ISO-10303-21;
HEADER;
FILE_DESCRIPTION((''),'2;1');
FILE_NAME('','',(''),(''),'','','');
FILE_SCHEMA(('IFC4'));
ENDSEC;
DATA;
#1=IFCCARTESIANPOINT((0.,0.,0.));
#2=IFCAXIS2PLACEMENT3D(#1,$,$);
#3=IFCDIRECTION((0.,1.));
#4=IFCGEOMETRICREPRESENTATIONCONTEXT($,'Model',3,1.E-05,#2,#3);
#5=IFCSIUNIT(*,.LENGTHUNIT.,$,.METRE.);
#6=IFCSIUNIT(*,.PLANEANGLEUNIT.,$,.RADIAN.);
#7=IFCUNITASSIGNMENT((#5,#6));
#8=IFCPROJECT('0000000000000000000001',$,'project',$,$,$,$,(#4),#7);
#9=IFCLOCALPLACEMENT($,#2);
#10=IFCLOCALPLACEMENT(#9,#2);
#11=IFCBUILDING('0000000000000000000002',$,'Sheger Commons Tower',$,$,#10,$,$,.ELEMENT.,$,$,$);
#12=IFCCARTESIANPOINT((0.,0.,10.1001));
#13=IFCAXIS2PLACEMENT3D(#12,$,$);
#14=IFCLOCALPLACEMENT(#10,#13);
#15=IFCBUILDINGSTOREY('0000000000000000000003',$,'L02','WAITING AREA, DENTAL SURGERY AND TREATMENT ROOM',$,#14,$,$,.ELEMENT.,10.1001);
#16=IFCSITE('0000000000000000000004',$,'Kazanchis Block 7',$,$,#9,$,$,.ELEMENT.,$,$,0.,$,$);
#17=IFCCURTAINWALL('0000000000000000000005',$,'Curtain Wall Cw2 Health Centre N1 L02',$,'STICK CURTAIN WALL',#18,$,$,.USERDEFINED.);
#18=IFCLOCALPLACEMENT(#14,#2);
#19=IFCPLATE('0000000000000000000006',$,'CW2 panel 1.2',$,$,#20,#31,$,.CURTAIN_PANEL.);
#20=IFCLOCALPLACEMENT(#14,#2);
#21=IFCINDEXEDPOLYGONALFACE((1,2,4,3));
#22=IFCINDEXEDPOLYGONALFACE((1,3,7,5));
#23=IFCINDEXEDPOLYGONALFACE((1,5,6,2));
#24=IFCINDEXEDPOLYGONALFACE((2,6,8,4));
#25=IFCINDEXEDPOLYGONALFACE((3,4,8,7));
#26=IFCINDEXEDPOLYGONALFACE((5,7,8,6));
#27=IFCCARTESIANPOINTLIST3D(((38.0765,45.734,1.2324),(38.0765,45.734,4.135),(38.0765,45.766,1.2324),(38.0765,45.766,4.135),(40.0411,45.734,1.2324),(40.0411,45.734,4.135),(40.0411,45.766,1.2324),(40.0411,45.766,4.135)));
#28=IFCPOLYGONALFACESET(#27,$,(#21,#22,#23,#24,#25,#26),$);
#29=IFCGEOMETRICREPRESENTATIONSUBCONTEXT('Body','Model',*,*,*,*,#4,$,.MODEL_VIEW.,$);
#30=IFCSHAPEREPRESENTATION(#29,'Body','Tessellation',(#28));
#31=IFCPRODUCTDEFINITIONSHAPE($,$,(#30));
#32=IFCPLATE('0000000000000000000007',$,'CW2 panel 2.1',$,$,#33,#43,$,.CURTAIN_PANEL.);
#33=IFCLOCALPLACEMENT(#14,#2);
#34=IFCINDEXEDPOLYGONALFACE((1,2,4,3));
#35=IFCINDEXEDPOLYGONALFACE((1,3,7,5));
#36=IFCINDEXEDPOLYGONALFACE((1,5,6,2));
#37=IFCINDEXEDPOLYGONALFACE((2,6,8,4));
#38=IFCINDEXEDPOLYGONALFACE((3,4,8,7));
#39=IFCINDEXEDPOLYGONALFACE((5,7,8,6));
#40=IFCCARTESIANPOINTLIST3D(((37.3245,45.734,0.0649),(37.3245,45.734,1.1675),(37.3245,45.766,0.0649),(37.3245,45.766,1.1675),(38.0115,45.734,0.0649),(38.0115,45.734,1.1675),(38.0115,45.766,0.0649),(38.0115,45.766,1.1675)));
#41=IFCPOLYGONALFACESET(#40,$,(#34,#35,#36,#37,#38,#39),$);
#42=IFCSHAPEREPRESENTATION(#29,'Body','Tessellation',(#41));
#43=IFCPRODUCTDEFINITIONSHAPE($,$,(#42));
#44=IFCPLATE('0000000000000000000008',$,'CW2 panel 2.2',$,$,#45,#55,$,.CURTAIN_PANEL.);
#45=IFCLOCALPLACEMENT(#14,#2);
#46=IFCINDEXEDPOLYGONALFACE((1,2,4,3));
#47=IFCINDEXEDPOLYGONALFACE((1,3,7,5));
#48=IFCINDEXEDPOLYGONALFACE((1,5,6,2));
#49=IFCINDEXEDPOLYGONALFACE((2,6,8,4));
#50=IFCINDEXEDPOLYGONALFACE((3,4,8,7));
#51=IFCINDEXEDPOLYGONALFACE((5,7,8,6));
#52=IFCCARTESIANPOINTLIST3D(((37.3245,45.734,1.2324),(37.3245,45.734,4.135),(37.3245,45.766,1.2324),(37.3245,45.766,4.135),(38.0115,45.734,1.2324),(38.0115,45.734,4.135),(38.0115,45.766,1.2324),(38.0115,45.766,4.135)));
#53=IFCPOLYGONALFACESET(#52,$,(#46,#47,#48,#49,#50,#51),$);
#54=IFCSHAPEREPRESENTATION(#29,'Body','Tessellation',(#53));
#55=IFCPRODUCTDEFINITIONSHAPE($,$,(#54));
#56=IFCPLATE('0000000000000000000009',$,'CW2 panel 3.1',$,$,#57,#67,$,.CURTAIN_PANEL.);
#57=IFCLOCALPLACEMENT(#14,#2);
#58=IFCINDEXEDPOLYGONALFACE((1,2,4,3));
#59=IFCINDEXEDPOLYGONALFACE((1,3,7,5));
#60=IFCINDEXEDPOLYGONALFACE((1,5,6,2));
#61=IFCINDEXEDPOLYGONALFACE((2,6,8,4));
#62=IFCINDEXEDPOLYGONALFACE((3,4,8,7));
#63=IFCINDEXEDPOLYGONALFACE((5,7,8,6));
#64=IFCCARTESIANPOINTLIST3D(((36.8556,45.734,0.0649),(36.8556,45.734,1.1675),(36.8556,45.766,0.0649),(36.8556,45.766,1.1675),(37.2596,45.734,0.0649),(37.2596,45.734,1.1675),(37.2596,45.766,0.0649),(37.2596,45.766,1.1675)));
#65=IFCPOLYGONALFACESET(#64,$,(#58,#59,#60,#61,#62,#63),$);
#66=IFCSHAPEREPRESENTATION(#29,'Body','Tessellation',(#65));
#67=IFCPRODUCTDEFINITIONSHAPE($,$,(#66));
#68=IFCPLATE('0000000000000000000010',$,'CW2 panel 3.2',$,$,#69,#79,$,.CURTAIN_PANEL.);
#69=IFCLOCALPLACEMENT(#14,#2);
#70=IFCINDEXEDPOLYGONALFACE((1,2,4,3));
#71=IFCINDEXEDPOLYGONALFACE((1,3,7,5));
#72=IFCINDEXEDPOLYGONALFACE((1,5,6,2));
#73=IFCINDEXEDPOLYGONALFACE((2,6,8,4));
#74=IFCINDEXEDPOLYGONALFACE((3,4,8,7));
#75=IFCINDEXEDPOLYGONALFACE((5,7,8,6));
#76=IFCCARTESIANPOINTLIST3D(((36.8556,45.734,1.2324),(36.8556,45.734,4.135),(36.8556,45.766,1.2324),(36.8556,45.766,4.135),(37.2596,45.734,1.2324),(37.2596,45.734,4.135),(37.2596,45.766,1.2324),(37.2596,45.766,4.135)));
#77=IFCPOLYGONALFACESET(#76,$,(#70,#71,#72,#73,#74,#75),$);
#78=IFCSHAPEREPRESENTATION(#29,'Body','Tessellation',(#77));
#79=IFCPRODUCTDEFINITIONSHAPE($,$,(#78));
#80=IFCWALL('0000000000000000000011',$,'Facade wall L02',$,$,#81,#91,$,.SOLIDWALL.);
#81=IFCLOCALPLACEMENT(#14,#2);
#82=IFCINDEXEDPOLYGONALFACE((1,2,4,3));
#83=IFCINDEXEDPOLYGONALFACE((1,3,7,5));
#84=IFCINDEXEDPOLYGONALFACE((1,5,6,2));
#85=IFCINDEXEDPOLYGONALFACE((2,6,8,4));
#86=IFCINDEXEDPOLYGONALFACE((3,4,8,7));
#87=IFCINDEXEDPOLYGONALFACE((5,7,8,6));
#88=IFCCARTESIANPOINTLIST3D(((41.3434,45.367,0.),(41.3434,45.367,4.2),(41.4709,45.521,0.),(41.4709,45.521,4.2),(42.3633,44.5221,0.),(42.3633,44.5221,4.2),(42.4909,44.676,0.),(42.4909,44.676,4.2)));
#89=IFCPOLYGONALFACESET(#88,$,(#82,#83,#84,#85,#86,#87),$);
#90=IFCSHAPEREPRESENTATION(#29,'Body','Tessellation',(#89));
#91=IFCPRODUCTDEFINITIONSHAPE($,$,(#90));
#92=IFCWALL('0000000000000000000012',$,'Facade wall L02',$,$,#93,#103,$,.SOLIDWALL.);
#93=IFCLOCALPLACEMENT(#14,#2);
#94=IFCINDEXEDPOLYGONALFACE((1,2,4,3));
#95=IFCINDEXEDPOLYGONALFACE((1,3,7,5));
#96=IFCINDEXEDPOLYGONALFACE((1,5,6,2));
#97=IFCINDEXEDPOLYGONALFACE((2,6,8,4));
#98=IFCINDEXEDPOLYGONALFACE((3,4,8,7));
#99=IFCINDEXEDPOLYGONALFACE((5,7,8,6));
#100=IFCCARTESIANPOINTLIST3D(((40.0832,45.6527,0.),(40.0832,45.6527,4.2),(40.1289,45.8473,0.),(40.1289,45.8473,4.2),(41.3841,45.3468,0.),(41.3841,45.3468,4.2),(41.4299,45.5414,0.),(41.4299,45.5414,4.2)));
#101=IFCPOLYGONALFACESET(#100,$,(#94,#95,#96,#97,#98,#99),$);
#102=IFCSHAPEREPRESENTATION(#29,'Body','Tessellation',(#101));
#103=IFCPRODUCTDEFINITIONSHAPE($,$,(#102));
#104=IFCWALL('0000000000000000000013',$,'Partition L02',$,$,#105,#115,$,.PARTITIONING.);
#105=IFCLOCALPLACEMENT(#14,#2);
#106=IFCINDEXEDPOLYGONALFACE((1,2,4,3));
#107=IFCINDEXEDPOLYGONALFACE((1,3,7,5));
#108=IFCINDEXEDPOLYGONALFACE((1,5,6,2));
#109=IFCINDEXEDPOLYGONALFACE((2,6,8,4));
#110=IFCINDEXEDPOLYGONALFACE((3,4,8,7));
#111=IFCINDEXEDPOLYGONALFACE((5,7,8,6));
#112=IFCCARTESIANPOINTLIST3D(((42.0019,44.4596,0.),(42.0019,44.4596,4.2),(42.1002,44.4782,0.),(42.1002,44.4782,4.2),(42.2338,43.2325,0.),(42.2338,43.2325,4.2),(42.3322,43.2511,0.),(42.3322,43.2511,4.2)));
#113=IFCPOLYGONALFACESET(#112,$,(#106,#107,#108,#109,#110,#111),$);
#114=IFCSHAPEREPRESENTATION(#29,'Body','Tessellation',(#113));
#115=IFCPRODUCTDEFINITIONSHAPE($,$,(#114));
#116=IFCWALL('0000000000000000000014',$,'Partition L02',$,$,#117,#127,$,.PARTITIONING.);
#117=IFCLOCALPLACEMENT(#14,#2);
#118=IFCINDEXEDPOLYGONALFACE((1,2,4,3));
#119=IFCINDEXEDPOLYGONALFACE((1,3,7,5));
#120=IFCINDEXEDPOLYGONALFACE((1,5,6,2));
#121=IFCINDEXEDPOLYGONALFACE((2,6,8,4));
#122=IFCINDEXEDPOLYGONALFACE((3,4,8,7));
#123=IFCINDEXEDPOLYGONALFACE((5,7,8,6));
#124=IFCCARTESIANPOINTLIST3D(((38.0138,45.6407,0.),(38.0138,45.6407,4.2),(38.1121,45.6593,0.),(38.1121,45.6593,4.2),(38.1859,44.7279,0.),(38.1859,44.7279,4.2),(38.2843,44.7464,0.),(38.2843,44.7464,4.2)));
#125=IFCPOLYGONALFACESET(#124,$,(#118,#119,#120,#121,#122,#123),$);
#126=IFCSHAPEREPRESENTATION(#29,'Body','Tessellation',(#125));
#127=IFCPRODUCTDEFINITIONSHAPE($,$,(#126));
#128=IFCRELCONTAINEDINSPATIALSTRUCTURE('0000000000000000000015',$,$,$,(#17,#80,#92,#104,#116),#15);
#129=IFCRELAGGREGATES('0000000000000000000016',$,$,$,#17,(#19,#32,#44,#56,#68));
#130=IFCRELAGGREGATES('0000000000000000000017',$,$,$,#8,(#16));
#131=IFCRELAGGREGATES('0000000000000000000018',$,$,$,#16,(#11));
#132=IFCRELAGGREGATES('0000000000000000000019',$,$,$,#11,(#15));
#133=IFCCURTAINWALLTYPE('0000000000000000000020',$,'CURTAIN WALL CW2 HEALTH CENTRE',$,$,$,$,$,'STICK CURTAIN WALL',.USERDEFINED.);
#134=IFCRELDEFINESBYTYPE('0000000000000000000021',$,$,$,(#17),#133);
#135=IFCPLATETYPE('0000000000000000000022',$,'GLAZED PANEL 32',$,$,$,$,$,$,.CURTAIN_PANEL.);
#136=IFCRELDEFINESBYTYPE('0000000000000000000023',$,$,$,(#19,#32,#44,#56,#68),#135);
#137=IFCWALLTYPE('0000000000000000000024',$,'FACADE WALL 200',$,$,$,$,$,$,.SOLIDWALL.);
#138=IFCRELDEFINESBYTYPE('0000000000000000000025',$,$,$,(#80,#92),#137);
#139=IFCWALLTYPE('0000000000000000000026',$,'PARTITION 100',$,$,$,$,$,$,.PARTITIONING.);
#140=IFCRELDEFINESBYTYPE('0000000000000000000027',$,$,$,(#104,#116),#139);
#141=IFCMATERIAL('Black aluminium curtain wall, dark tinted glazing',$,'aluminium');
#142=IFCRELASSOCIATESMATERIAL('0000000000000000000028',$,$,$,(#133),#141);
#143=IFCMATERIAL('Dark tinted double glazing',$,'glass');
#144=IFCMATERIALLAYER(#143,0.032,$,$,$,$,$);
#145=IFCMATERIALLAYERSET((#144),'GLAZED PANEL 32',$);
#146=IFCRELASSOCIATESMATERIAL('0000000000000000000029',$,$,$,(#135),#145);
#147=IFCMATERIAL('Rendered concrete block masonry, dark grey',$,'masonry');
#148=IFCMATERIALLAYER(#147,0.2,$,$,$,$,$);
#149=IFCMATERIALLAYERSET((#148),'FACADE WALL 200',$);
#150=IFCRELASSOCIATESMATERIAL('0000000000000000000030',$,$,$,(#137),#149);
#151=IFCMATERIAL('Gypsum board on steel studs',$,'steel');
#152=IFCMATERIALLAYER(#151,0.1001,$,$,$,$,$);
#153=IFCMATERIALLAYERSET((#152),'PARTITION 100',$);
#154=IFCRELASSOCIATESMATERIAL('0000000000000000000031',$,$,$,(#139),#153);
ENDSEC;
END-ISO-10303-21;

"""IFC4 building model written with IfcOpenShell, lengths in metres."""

from ifc_helpers import new_model, si_unit, direction, frame, frame_2d, origin, origin_2d, place, context, subcontext, project, spatial, rectangle, extrude, material, layer, layer_set, type_object, element, aggregate, save


model = new_model("IFC4")

# Units and contexts
model_context = context("Model", 3, precision=1e-05, world=origin(), true_north=direction((0.0, 1.0)))
body_context = subcontext(model_context, "Body", "Model", "MODEL_VIEW")
ifc_project = project(units=[si_unit("LENGTHUNIT", "METRE"), si_unit("PLANEANGLEUNIT", "RADIAN")], contexts=[model_context])

# Site, building, storey
site_placement = place(None, origin())
site = spatial("IfcSite", under=ifc_project, at=site_placement, Name="Kazanchis Block 7", CompositionType="ELEMENT", RefElevation=0.0)
building_placement = place(site_placement, origin())
building = spatial("IfcBuilding", under=site, at=building_placement, Name="Sheger Commons Tower", CompositionType="ELEMENT")
storey_placement = place(building_placement, frame((0.0, 0.0, 10.1001)))
storey = spatial("IfcBuildingStorey", under=building, at=storey_placement, Name="L02", Description="WAITING AREA, DENTAL SURGERY AND TREATMENT ROOM", CompositionType="ELEMENT", Elevation=10.1001)

# Curtain wall, plates
ifc_material_1 = material(Name="Black aluminium curtain wall, dark tinted glazing", Category="aluminium")
curtain_wall_type = type_object("IfcCurtainWallType", Name="CURTAIN WALL CW2 HEALTH CENTRE", ElementType="STICK CURTAIN WALL", PredefinedType="USERDEFINED", material=ifc_material_1)
curtain_wall_placement = place(storey_placement, origin())
curtain_wall = element("IfcCurtainWall", 1, at=curtain_wall_placement, inside=storey, type_object=curtain_wall_type, Name="Curtain Wall Cw2 Health Centre N1 L02", ObjectType="STICK CURTAIN WALL", PredefinedType="USERDEFINED")
ifc_material_2 = material(Name="Dark tinted double glazing", Category="glass")
ifc_layer_1 = layer(ifc_material_2, 0.032)
ifc_layer_set_1 = layer_set([ifc_layer_1], Name="GLAZED PANEL 32")
plate_type = type_object("IfcPlateType", Name="GLAZED PANEL 32", PredefinedType="CURTAIN_PANEL", material=ifc_layer_set_1)
plate_1_placement = place(storey_placement, frame((39.0588, 45.75, 1.2324), z_axis=(0.0, 0.0, 1.0), x_axis=(-1.0, 0.0, 0.0)))
plate_1 = element("IfcPlate", 2, at=plate_1_placement, type_object=plate_type, Name="CW2 panel 1.2", PredefinedType="CURTAIN_PANEL", context=body_context, shape_type="SweptSolid", body=[
    extrude(rectangle(XDim=1.9646, YDim=0.032, at=origin_2d()), origin(), (0.0, 0.0, 1.0), 2.9026),
])
plate_2_placement = place(storey_placement, frame((37.668, 45.75, 0.0649), z_axis=(0.0, 0.0, 1.0), x_axis=(-1.0, 0.0, 0.0)))
plate_2 = element("IfcPlate", 3, at=plate_2_placement, type_object=plate_type, Name="CW2 panel 2.1", PredefinedType="CURTAIN_PANEL", context=body_context, shape_type="SweptSolid", body=[
    extrude(rectangle(XDim=0.687, YDim=0.032, at=origin_2d()), origin(), (0.0, 0.0, 1.0), 1.1025),
])
plate_3_placement = place(storey_placement, frame((37.668, 45.75, 1.2324), z_axis=(0.0, 0.0, 1.0), x_axis=(-1.0, 0.0, 0.0)))
plate_3 = element("IfcPlate", 4, at=plate_3_placement, type_object=plate_type, Name="CW2 panel 2.2", PredefinedType="CURTAIN_PANEL", context=body_context, shape_type="SweptSolid", body=[
    extrude(rectangle(XDim=0.687, YDim=0.032, at=origin_2d()), origin(), (0.0, 0.0, 1.0), 2.9026),
])
plate_4_placement = place(storey_placement, frame((37.0576, 45.75, 0.0649), z_axis=(0.0, 0.0, 1.0), x_axis=(-1.0, 0.0, 0.0)))
plate_4 = element("IfcPlate", 5, at=plate_4_placement, type_object=plate_type, Name="CW2 panel 3.1", PredefinedType="CURTAIN_PANEL", context=body_context, shape_type="SweptSolid", body=[
    extrude(rectangle(XDim=0.4041, YDim=0.032, at=origin_2d()), origin(), (0.0, 0.0, 1.0), 1.1025),
])
plate_5_placement = place(storey_placement, frame((37.0576, 45.75, 1.2324), z_axis=(0.0, 0.0, 1.0), x_axis=(-1.0, 0.0, 0.0)))
plate_5 = element("IfcPlate", 6, at=plate_5_placement, type_object=plate_type, Name="CW2 panel 3.2", PredefinedType="CURTAIN_PANEL", context=body_context, shape_type="SweptSolid", body=[
    extrude(rectangle(XDim=0.4041, YDim=0.032, at=origin_2d()), origin(), (0.0, 0.0, 1.0), 2.9026),
])
aggregate(curtain_wall, [plate_1, plate_2, plate_3, plate_4, plate_5])

# Walls
ifc_material_3 = material(Name="Rendered concrete block masonry, dark grey", Category="masonry")
ifc_layer_2 = layer(ifc_material_3, 0.2)
ifc_layer_set_2 = layer_set([ifc_layer_2], Name="FACADE WALL 200")
wall_type_1 = type_object("IfcWallType", Name="FACADE WALL 200", PredefinedType="SOLIDWALL", material=ifc_layer_set_2)
wall_1_placement = place(storey_placement, frame((42.427, 44.5991, 0.0), z_axis=(0.0, 0.0, 1.0), x_axis=(-0.770091, 0.637934, 0.0)))
element("IfcWall", 7, at=wall_1_placement, inside=storey, type_object=wall_type_1, Name="Facade wall L02", PredefinedType="SOLIDWALL", context=body_context, shape_type="SweptSolid", body=[
    extrude(rectangle(XDim=1.3245, YDim=0.2, at=frame_2d((0.6621, 0.0))), origin(), (0.0, 0.0, 1.0), 4.2),
])
wall_2_placement = place(storey_placement, frame((41.407, 45.4441, 0.0), z_axis=(0.0, 0.0, 1.0), x_axis=(-0.973453, 0.228887, 0.0)))
element("IfcWall", 8, at=wall_2_placement, inside=storey, type_object=wall_type_1, Name="Facade wall L02", PredefinedType="SOLIDWALL", context=body_context, shape_type="SweptSolid", body=[
    extrude(rectangle(XDim=1.3364, YDim=0.2, at=frame_2d((0.6682, 0.0))), origin(), (0.0, 0.0, 1.0), 4.2),
])
ifc_material_4 = material(Name="Gypsum board on steel studs", Category="steel")
ifc_layer_3 = layer(ifc_material_4, 0.1001)
ifc_layer_set_3 = layer_set([ifc_layer_3], Name="PARTITION 100")
wall_type_2 = type_object("IfcWallType", Name="PARTITION 100", PredefinedType="PARTITIONING", material=ifc_layer_set_3)
wall_3_placement = place(storey_placement, frame((42.051, 44.469, 0.0), z_axis=(0.0, 0.0, 1.0), x_axis=(0.185728, -0.982601, 0.0)))
element("IfcWall", 9, at=wall_3_placement, inside=storey, type_object=wall_type_2, Name="Partition L02", PredefinedType="PARTITIONING", context=body_context, shape_type="SweptSolid", body=[
    extrude(rectangle(XDim=1.2488, YDim=0.1001, at=frame_2d((0.6245, 0.0))), origin(), (0.0, 0.0, 1.0), 4.2),
])
wall_4_placement = place(storey_placement, frame((38.063, 45.6499, 0.0), z_axis=(0.0, 0.0, 1.0), x_axis=(0.185288, -0.982684, 0.0)))
element("IfcWall", 10, at=wall_4_placement, inside=storey, type_object=wall_type_2, Name="Partition L02", PredefinedType="PARTITIONING", context=body_context, shape_type="SweptSolid", body=[
    extrude(rectangle(XDim=0.929, YDim=0.1001, at=frame_2d((0.4644, 0.0))), origin(), (0.0, 0.0, 1.0), 4.2),
])

save(model, "model.ifc")
